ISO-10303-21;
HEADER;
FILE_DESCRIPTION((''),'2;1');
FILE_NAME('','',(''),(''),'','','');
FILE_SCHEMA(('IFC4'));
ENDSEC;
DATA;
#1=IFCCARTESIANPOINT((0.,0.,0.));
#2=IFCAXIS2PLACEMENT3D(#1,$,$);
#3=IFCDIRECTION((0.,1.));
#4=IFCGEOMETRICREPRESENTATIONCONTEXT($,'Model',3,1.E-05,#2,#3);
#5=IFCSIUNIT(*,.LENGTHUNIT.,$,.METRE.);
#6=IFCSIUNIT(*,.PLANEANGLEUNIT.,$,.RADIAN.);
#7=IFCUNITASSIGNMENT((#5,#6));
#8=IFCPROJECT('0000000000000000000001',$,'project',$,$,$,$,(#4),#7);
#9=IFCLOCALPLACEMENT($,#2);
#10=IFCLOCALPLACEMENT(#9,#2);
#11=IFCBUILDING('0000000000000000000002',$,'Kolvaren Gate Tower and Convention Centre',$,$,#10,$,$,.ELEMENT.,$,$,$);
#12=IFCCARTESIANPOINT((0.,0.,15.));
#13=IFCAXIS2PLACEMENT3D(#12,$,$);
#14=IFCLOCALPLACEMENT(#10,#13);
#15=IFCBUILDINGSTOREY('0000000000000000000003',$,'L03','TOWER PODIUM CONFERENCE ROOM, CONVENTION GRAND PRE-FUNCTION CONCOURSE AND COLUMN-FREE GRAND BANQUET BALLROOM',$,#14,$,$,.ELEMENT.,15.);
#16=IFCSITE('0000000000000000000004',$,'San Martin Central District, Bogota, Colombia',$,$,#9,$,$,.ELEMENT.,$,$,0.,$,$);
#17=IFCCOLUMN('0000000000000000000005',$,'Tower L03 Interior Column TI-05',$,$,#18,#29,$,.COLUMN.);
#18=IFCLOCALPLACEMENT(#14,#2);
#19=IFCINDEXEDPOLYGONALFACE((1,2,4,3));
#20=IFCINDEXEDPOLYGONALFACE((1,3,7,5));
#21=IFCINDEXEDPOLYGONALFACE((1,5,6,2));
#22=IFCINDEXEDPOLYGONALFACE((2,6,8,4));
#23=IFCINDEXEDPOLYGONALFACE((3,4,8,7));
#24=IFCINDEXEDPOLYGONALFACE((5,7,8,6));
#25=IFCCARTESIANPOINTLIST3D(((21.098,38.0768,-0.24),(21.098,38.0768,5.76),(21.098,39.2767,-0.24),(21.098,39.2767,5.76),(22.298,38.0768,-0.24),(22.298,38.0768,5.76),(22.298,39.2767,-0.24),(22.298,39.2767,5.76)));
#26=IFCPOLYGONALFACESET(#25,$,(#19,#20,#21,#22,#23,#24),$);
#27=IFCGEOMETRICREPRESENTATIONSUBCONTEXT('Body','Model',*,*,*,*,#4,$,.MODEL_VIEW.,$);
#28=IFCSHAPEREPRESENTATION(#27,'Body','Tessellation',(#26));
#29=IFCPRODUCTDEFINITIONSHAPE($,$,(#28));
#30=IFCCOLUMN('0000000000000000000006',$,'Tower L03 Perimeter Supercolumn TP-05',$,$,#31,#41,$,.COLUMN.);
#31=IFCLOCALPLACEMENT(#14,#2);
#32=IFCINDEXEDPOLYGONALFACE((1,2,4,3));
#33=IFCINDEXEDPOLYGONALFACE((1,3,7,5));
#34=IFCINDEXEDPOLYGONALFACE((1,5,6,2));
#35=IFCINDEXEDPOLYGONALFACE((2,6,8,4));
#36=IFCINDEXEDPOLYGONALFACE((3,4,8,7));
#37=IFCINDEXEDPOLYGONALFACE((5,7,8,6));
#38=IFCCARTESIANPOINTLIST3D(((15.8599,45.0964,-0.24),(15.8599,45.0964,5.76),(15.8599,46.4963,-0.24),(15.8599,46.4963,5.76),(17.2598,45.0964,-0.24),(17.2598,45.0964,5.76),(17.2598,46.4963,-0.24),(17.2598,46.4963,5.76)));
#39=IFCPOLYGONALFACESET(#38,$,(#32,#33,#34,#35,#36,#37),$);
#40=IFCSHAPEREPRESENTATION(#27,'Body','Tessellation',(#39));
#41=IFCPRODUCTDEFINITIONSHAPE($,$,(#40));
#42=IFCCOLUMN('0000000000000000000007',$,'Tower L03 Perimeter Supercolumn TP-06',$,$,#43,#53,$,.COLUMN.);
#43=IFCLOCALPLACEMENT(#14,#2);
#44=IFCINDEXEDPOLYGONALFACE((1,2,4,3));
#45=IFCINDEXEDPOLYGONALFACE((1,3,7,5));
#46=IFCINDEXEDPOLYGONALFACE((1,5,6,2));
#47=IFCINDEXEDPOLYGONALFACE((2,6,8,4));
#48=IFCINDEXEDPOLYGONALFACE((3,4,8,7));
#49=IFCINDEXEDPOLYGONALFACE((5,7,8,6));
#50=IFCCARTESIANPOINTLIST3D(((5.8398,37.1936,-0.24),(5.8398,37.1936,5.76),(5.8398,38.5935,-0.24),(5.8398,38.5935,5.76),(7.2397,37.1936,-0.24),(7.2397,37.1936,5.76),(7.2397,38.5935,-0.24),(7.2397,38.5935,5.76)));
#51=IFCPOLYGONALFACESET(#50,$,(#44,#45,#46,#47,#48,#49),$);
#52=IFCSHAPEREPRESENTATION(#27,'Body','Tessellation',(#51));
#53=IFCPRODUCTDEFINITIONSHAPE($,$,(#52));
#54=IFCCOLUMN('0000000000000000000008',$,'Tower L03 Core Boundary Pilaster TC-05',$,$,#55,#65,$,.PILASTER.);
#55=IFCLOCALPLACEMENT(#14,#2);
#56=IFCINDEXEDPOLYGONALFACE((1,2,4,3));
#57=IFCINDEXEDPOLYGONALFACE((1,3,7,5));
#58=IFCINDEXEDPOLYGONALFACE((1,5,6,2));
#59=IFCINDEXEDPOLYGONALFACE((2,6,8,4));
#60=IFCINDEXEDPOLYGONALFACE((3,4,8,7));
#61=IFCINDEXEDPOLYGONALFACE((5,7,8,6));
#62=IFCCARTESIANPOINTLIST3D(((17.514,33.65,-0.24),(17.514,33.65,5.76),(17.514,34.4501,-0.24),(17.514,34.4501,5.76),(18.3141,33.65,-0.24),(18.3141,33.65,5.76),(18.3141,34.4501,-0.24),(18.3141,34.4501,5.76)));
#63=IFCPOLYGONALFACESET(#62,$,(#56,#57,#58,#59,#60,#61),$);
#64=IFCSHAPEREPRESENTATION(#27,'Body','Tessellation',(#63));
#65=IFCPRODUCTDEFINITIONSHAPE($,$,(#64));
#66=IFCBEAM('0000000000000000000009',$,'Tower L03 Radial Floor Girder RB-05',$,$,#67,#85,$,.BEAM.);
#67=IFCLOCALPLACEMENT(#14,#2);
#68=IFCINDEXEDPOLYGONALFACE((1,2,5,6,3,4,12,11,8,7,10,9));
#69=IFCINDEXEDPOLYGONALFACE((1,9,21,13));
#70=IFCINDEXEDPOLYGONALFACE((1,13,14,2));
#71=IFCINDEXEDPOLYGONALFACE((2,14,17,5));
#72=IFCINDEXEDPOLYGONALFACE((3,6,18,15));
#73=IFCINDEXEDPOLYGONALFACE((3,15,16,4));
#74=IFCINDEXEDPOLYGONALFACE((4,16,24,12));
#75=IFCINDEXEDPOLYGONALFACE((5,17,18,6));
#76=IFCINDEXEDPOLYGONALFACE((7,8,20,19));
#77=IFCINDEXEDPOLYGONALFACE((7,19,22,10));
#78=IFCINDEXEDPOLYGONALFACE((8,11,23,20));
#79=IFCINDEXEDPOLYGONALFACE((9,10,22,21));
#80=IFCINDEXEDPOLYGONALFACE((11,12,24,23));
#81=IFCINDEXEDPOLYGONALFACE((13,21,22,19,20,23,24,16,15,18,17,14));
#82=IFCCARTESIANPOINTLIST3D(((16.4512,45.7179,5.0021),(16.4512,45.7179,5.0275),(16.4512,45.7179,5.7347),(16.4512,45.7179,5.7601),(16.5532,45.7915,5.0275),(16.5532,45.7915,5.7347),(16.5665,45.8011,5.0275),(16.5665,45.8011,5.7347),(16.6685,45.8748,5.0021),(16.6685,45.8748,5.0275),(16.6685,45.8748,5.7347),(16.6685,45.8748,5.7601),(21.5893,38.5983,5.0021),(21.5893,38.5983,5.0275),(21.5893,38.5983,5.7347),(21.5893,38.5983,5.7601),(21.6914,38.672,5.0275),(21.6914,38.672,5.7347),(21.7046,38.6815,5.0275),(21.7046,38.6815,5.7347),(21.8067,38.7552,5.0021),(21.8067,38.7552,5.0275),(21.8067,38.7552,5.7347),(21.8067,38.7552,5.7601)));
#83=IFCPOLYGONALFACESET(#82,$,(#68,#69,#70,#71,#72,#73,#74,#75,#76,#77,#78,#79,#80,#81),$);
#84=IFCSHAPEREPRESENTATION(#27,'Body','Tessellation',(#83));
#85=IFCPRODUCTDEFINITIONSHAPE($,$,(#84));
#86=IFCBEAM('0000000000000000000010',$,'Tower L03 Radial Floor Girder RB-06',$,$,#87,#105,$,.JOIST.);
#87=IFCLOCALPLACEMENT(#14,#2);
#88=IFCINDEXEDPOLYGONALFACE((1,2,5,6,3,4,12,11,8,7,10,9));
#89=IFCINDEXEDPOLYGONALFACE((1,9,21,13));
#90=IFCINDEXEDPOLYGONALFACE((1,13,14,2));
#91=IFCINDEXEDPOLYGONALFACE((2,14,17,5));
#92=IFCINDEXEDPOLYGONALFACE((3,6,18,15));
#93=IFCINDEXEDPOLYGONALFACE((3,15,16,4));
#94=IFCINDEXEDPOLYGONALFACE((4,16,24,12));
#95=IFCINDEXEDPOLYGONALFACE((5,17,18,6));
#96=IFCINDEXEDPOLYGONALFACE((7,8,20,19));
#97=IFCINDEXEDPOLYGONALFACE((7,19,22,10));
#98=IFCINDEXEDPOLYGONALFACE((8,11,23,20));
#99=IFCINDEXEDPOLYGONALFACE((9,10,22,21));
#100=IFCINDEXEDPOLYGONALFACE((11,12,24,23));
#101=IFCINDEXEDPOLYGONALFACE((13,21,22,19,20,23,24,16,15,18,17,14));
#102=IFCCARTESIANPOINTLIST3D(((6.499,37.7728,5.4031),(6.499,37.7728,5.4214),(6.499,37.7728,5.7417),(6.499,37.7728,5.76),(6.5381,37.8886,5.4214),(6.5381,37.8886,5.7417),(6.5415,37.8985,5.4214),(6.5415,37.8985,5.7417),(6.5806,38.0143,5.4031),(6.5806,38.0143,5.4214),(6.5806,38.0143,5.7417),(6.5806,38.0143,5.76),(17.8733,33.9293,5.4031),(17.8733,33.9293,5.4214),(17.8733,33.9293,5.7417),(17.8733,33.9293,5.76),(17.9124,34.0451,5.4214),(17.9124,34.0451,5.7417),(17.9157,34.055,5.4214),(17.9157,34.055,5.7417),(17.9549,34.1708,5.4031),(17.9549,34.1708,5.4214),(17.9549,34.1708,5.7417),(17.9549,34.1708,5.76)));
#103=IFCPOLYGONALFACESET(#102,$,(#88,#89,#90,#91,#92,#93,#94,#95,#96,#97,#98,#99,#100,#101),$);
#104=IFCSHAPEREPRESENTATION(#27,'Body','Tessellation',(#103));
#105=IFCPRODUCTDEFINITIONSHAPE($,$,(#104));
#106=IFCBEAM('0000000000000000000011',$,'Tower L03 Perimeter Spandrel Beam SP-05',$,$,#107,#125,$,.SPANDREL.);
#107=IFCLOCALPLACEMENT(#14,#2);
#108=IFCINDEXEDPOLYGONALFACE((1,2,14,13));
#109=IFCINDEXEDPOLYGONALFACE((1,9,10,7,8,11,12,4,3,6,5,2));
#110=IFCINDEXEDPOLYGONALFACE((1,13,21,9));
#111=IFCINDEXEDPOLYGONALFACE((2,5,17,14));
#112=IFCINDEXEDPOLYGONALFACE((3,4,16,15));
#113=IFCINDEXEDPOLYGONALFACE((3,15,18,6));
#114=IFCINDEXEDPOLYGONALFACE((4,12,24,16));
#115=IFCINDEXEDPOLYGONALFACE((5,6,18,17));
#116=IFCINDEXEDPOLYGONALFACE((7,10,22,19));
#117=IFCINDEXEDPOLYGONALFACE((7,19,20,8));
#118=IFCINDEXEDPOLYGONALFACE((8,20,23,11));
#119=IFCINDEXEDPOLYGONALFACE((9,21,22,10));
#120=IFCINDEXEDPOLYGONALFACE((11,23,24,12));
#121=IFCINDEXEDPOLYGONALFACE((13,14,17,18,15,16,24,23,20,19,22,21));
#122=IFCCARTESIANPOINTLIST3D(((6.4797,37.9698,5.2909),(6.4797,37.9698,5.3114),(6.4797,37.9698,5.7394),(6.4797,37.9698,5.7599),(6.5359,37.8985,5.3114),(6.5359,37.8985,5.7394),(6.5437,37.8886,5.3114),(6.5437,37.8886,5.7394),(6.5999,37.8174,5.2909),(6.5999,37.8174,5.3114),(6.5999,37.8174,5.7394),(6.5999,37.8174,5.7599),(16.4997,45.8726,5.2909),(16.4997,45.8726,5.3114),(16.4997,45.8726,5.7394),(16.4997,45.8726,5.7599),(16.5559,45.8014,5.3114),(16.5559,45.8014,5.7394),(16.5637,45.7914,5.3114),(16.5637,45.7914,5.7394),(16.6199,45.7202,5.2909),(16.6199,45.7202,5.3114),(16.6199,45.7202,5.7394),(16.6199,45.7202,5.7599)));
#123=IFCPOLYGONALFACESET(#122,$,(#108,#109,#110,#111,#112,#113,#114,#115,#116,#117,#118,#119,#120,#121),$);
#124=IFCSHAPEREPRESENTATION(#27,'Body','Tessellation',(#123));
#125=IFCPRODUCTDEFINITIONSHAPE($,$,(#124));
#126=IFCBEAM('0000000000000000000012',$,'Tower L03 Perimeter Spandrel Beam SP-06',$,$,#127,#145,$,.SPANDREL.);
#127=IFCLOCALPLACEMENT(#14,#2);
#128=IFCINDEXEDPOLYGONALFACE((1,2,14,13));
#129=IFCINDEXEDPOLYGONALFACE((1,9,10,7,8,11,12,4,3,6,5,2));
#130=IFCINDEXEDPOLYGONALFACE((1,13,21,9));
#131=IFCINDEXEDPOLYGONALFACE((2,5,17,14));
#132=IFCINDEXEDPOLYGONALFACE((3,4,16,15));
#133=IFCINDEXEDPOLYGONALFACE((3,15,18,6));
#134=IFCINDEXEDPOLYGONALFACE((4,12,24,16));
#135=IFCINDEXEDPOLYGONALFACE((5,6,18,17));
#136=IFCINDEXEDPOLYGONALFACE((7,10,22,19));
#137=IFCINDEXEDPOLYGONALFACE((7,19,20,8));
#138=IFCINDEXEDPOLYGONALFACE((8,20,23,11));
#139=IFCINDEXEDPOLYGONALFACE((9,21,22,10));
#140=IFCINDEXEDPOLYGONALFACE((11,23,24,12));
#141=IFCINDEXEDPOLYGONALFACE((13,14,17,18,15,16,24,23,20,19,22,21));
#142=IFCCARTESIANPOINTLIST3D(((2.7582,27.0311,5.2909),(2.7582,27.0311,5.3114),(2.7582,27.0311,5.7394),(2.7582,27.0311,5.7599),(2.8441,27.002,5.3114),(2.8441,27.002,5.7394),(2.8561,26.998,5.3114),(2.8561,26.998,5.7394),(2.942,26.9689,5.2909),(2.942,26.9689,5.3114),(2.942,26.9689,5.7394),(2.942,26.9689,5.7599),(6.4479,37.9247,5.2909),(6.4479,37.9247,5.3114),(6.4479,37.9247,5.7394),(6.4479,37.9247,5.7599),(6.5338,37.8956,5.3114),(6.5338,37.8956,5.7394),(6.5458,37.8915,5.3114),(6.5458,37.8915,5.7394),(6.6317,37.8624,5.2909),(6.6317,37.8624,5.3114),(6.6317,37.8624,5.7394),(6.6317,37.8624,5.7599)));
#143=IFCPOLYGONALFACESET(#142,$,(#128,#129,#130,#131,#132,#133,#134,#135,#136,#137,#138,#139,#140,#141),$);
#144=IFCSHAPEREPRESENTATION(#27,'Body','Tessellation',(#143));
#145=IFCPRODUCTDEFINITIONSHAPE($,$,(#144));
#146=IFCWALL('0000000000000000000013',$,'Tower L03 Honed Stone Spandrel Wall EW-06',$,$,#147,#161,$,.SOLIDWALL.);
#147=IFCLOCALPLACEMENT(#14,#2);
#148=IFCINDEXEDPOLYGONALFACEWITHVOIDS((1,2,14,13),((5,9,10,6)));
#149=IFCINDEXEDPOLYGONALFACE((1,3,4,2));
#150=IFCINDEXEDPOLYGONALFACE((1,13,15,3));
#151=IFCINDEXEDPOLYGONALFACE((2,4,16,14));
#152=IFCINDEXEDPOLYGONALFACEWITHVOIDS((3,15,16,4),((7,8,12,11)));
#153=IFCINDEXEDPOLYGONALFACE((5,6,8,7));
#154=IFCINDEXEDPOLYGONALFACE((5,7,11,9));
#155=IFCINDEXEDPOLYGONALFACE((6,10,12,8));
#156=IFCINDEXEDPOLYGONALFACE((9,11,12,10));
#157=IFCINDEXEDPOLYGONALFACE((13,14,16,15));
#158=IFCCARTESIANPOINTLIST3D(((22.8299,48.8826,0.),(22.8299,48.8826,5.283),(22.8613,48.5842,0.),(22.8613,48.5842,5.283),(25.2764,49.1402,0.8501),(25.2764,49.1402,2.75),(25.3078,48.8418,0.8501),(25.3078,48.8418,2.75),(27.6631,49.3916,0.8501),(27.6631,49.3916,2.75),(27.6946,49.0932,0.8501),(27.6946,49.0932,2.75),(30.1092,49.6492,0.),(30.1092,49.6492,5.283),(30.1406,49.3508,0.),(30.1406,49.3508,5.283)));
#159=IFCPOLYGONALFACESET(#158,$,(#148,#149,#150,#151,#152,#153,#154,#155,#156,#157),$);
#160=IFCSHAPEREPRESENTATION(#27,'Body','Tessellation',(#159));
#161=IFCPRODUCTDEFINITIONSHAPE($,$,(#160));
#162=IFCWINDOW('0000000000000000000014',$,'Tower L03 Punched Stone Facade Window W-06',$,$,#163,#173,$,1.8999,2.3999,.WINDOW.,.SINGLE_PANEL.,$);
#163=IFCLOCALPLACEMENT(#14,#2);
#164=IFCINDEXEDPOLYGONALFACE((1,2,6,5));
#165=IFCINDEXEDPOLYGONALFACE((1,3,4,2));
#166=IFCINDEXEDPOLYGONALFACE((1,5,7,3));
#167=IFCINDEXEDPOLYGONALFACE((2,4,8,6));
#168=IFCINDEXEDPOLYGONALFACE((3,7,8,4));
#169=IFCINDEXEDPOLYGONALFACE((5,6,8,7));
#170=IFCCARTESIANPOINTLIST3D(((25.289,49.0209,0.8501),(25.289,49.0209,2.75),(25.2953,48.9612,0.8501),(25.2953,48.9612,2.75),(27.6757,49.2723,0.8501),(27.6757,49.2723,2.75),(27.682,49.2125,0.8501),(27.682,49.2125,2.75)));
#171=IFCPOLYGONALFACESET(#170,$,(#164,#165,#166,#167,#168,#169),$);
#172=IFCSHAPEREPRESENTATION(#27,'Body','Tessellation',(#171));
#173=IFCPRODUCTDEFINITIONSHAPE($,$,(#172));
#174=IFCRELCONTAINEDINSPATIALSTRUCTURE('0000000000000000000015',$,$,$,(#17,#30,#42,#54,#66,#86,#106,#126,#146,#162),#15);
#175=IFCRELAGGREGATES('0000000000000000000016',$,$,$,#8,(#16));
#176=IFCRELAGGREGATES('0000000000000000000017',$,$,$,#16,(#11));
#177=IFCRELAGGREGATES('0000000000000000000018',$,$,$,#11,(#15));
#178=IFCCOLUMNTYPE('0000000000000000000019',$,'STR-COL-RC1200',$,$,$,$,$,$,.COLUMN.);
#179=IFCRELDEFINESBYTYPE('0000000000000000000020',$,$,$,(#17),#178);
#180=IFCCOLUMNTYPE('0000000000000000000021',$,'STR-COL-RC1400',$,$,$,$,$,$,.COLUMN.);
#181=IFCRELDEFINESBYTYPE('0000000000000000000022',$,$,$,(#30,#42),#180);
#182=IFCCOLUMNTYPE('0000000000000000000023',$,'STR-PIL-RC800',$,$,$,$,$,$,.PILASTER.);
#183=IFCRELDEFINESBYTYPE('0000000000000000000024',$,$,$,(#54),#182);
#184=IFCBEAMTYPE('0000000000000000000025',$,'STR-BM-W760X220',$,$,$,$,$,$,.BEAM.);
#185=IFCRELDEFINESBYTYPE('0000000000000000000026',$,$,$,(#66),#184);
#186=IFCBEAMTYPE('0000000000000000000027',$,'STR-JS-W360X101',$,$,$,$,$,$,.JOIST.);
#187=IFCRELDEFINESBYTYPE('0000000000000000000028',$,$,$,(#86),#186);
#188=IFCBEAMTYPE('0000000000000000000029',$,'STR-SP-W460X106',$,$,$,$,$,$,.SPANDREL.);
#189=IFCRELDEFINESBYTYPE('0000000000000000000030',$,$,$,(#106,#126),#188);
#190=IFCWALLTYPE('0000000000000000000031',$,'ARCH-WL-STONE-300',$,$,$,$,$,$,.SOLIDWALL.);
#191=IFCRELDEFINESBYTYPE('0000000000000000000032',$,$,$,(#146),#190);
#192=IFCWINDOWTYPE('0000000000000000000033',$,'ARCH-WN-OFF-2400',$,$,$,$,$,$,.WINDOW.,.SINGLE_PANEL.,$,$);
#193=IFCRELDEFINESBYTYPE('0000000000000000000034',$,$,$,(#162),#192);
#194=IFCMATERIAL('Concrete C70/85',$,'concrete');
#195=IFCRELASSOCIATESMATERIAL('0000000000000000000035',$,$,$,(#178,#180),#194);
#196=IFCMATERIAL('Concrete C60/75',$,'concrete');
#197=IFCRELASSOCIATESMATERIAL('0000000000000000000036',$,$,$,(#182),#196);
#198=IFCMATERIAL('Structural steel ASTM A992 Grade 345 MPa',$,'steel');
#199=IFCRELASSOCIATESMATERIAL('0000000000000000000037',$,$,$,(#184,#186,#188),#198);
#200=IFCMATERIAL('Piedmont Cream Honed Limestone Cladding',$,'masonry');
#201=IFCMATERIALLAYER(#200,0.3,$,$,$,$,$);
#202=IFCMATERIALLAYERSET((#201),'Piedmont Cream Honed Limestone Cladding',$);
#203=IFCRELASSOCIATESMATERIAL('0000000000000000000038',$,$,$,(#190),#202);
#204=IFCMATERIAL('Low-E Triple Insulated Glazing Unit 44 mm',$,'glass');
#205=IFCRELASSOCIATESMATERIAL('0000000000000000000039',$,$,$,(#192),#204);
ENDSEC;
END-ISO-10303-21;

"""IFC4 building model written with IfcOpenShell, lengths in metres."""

from ifc_helpers import new_model, si_unit, direction, frame, frame_2d, origin, origin_2d, place, context, subcontext, project, spatial, rectangle, i_section, extrude, material, layer, layer_set, material_profile, profile_set, type_object, element, fill, save


model = new_model("IFC4")

# Units and contexts
model_context = context("Model", 3, precision=1e-05, world=origin(), true_north=direction((0.0, 1.0)))
body_context = subcontext(model_context, "Body", "Model", "MODEL_VIEW")
ifc_project = project(units=[si_unit("LENGTHUNIT", "METRE"), si_unit("PLANEANGLEUNIT", "RADIAN")], contexts=[model_context])

# Site, building, storey
site_placement = place(None, origin())
site = spatial("IfcSite", under=ifc_project, at=site_placement, Name="San Martin Central District, Bogota, Colombia", CompositionType="ELEMENT", RefElevation=0.0)
building_placement = place(site_placement, origin())
building = spatial("IfcBuilding", under=site, at=building_placement, Name="Kolvaren Gate Tower and Convention Centre", CompositionType="ELEMENT")
storey_placement = place(building_placement, frame((0.0, 0.0, 15.0)))
storey = spatial("IfcBuildingStorey", under=building, at=storey_placement, Name="L03", Description="TOWER PODIUM CONFERENCE ROOM, CONVENTION GRAND PRE-FUNCTION CONCOURSE AND COLUMN-FREE GRAND BANQUET BALLROOM", CompositionType="ELEMENT", Elevation=15.0)

# Columns
ifc_material_1 = material(Name="Concrete C70/85", Category="concrete")
ifc_material_profile_1 = material_profile(ifc_material_1, rectangle(XDim=1.2, YDim=1.2, at=origin_2d()), Name="RC-COL-1200X1200")
ifc_profile_set_1 = profile_set([ifc_material_profile_1], Name="Concrete C70/85")
column_type_1 = type_object("IfcColumnType", Name="STR-COL-RC1200", PredefinedType="COLUMN", material=ifc_profile_set_1)
column_1_placement = place(storey_placement, frame((21.698, 38.6768, -0.24), z_axis=(0.0, 0.0, 1.0), x_axis=(1.0, 0.0, 0.0)))
element("IfcColumn", 1, at=column_1_placement, inside=storey, type_object=column_type_1, Name="Tower L03 Interior Column TI-05", PredefinedType="COLUMN", context=body_context, shape_type="SweptSolid", body=[
    extrude(rectangle(XDim=1.2, YDim=1.2, at=origin_2d()), origin(), (0.0, 0.0, 1.0), 6.0),
])
ifc_material_profile_2 = material_profile(ifc_material_1, rectangle(XDim=1.3999, YDim=1.3999, at=origin_2d()), Name="RC-COL-1400X1400")
ifc_profile_set_2 = profile_set([ifc_material_profile_2], Name="Concrete C70/85")
column_type_2 = type_object("IfcColumnType", Name="STR-COL-RC1400", PredefinedType="COLUMN", material=ifc_profile_set_2)
for number, where, z_axis, x_axis, name in (
    (2, (16.5598, 45.7964, -0.24), (0.0, 0.0, 1.0), (1.0, 0.0, 0.0), "Tower L03 Perimeter Supercolumn TP-05"),
    (3, (6.5398, 37.8936, -0.24), (0.0, 0.0, 1.0), (1.0, 0.0, 0.0), "Tower L03 Perimeter Supercolumn TP-06"),
):
    element("IfcColumn", number, at=place(storey_placement, frame(where, z_axis=z_axis, x_axis=x_axis)), inside=storey, type_object=column_type_2, Name=name, PredefinedType="COLUMN", context=body_context, shape_type="SweptSolid", body=[
        extrude(rectangle(XDim=1.3999, YDim=1.3999, at=origin_2d()), origin(), (0.0, 0.0, 1.0), 6.0),
    ])
ifc_material_2 = material(Name="Concrete C60/75", Category="concrete")
ifc_material_profile_3 = material_profile(ifc_material_2, rectangle(XDim=0.8, YDim=0.8, at=origin_2d()), Name="RC-COL-800X800")
ifc_profile_set_3 = profile_set([ifc_material_profile_3], Name="Concrete C60/75")
column_type_3 = type_object("IfcColumnType", Name="STR-PIL-RC800", PredefinedType="PILASTER", material=ifc_profile_set_3)
column_2_placement = place(storey_placement, frame((17.9141, 34.05, -0.24), z_axis=(0.0, 0.0, 1.0), x_axis=(1.0, 0.0, 0.0)))
element("IfcColumn", 4, at=column_2_placement, inside=storey, type_object=column_type_3, Name="Tower L03 Core Boundary Pilaster TC-05", PredefinedType="PILASTER", context=body_context, shape_type="SweptSolid", body=[
    extrude(rectangle(XDim=0.8, YDim=0.8, at=origin_2d()), origin(), (0.0, 0.0, 1.0), 6.0),
])

# Beams
ifc_material_3 = material(Name="Structural steel ASTM A992 Grade 345 MPa", Category="steel")
ifc_material_profile_4 = material_profile(ifc_material_3, i_section(OverallWidth=0.2681, OverallDepth=0.7581, WebThickness=0.0164, FlangeThickness=0.0254, at=origin_2d()), Name="W760X220")
ifc_profile_set_4 = profile_set([ifc_material_profile_4], Name="Structural steel ASTM A992 Grade 345 MPa")
beam_type_1 = type_object("IfcBeamType", Name="STR-BM-W760X220", PredefinedType="BEAM", material=ifc_profile_set_4)
beam_1_placement = place(storey_placement, frame((21.698, 38.6768, 5.3811), z_axis=(-0.585208, 0.810883, 0.0), x_axis=(-0.810883, -0.585208, 0.0)))
element("IfcBeam", 5, at=beam_1_placement, inside=storey, type_object=beam_type_1, Name="Tower L03 Radial Floor Girder RB-05", PredefinedType="BEAM", context=body_context, shape_type="SweptSolid", body=[
    extrude(i_section(OverallWidth=0.2681, OverallDepth=0.7581, WebThickness=0.0164, FlangeThickness=0.0254, at=origin_2d()), origin(), (0.0, 0.0, 1.0), 8.78),
])
ifc_material_profile_5 = material_profile(ifc_material_3, i_section(OverallWidth=0.2549, OverallDepth=0.3569, WebThickness=0.0105, FlangeThickness=0.0183, at=origin_2d()), Name="W360X101")
ifc_profile_set_5 = profile_set([ifc_material_profile_5], Name="Structural steel ASTM A992 Grade 345 MPa")
beam_type_2 = type_object("IfcBeamType", Name="STR-JS-W360X101", PredefinedType="JOIST", material=ifc_profile_set_5)
beam_2_placement = place(storey_placement, frame((17.9141, 34.05, 5.5815), z_axis=(-0.947374, 0.320129, 0.0), x_axis=(-0.320129, -0.947374, 0.0)))
element("IfcBeam", 6, at=beam_2_placement, inside=storey, type_object=beam_type_2, Name="Tower L03 Radial Floor Girder RB-06", PredefinedType="JOIST", context=body_context, shape_type="SweptSolid", body=[
    extrude(i_section(OverallWidth=0.2549, OverallDepth=0.3569, WebThickness=0.0105, FlangeThickness=0.0183, at=origin_2d()), origin(), (0.0, 0.0, 1.0), 12.0061),
])
ifc_material_profile_6 = material_profile(ifc_material_3, i_section(OverallWidth=0.1941, OverallDepth=0.469, WebThickness=0.0127, FlangeThickness=0.0205, at=origin_2d()), Name="W460X106")
ifc_profile_set_6 = profile_set([ifc_material_profile_6], Name="Structural steel ASTM A992 Grade 345 MPa")
beam_type_3 = type_object("IfcBeamType", Name="STR-SP-W460X106", PredefinedType="SPANDREL", material=ifc_profile_set_6)
beam_3_placement = place(storey_placement, frame((16.5598, 45.7964, 5.5254), z_axis=(-0.785176, -0.619272, 0.0), x_axis=(0.619272, -0.785176, 0.0)))
element("IfcBeam", 7, at=beam_3_placement, inside=storey, type_object=beam_type_3, Name="Tower L03 Perimeter Spandrel Beam SP-05", PredefinedType="SPANDREL", context=body_context, shape_type="SweptSolid", body=[
    extrude(i_section(OverallWidth=0.1941, OverallDepth=0.469, WebThickness=0.0127, FlangeThickness=0.0205, at=origin_2d()), origin(), (0.0, 0.0, 1.0), 12.7615),
])
beam_4_placement = place(storey_placement, frame((6.5398, 37.8936, 5.5254), z_axis=(-0.320803, -0.947146, 0.0), x_axis=(0.947146, -0.320803, 0.0)))
element("IfcBeam", 8, at=beam_4_placement, inside=storey, type_object=beam_type_3, Name="Tower L03 Perimeter Spandrel Beam SP-06", PredefinedType="SPANDREL", context=body_context, shape_type="SweptSolid", body=[
    extrude(i_section(OverallWidth=0.1941, OverallDepth=0.469, WebThickness=0.0127, FlangeThickness=0.0205, at=origin_2d()), origin(), (0.0, 0.0, 1.0), 11.5015),
])

# Wall, opening, window
ifc_material_4 = material(Name="Piedmont Cream Honed Limestone Cladding", Category="masonry")
ifc_layer_1 = layer(ifc_material_4, 0.3)
ifc_layer_set_1 = layer_set([ifc_layer_1], Name="Piedmont Cream Honed Limestone Cladding")
wall_type_1 = type_object("IfcWallType", Name="ARCH-WL-STONE-300", PredefinedType="SOLIDWALL", material=ifc_layer_set_1)
wall_1_placement = place(storey_placement, frame((22.8457, 48.7334, 0.0), z_axis=(0.0, 0.0, 1.0), x_axis=(0.9945, 0.104733, 0.0)))
wall_1 = element("IfcWall", 9, at=wall_1_placement, inside=storey, type_object=wall_type_1, Name="Tower L03 Honed Stone Spandrel Wall EW-06", PredefinedType="SOLIDWALL", context=body_context, shape_type="SweptSolid", body=[
    extrude(rectangle(XDim=7.3196, YDim=0.3, at=frame_2d((3.6597, 0.0))), origin(), (0.0, 0.0, 1.0), 5.283),
])
opening_1_placement = place(wall_1_placement, frame((2.46, 0.0, 0.8501)))
opening_1 = element("IfcOpeningElement", 10, at=opening_1_placement, cuts=wall_1, PredefinedType="OPENING", context=body_context, shape_type="SweptSolid", body=[
    extrude(rectangle(XDim=2.3999, YDim=1.8999, at=frame_2d((1.2, 0.95))), frame((0.0, 0.1599, 0.0), z_axis=(0.0, -1.0, 0.0), x_axis=(1.0, 0.0, 0.0)), (0.0, 0.0, 1.0), 0.3201),
])
ifc_material_5 = material(Name="Low-E Triple Insulated Glazing Unit 44 mm", Category="glass")
window_type = type_object("IfcWindowType", Name="ARCH-WN-OFF-2400", PartitioningType="SINGLE_PANEL", PredefinedType="WINDOW", material=ifc_material_5)
window_1_placement = place(opening_1_placement, origin())
window_1 = element("IfcWindow", 11, at=window_1_placement, inside=storey, type_object=window_type, Name="Tower L03 Punched Stone Facade Window W-06", OverallHeight=1.8999, OverallWidth=2.3999, PartitioningType="SINGLE_PANEL", PredefinedType="WINDOW", context=body_context, shape_type="SweptSolid", body=[
    extrude(rectangle(XDim=2.3999, YDim=1.8999, at=frame_2d((1.2, 0.95))), frame((0.0, 0.03, 0.0), z_axis=(0.0, -1.0, 0.0), x_axis=(1.0, 0.0, 0.0)), (0.0, 0.0, 1.0), 0.0601),
])
fill(opening_1, window_1)

save(model, "model.ifc")
